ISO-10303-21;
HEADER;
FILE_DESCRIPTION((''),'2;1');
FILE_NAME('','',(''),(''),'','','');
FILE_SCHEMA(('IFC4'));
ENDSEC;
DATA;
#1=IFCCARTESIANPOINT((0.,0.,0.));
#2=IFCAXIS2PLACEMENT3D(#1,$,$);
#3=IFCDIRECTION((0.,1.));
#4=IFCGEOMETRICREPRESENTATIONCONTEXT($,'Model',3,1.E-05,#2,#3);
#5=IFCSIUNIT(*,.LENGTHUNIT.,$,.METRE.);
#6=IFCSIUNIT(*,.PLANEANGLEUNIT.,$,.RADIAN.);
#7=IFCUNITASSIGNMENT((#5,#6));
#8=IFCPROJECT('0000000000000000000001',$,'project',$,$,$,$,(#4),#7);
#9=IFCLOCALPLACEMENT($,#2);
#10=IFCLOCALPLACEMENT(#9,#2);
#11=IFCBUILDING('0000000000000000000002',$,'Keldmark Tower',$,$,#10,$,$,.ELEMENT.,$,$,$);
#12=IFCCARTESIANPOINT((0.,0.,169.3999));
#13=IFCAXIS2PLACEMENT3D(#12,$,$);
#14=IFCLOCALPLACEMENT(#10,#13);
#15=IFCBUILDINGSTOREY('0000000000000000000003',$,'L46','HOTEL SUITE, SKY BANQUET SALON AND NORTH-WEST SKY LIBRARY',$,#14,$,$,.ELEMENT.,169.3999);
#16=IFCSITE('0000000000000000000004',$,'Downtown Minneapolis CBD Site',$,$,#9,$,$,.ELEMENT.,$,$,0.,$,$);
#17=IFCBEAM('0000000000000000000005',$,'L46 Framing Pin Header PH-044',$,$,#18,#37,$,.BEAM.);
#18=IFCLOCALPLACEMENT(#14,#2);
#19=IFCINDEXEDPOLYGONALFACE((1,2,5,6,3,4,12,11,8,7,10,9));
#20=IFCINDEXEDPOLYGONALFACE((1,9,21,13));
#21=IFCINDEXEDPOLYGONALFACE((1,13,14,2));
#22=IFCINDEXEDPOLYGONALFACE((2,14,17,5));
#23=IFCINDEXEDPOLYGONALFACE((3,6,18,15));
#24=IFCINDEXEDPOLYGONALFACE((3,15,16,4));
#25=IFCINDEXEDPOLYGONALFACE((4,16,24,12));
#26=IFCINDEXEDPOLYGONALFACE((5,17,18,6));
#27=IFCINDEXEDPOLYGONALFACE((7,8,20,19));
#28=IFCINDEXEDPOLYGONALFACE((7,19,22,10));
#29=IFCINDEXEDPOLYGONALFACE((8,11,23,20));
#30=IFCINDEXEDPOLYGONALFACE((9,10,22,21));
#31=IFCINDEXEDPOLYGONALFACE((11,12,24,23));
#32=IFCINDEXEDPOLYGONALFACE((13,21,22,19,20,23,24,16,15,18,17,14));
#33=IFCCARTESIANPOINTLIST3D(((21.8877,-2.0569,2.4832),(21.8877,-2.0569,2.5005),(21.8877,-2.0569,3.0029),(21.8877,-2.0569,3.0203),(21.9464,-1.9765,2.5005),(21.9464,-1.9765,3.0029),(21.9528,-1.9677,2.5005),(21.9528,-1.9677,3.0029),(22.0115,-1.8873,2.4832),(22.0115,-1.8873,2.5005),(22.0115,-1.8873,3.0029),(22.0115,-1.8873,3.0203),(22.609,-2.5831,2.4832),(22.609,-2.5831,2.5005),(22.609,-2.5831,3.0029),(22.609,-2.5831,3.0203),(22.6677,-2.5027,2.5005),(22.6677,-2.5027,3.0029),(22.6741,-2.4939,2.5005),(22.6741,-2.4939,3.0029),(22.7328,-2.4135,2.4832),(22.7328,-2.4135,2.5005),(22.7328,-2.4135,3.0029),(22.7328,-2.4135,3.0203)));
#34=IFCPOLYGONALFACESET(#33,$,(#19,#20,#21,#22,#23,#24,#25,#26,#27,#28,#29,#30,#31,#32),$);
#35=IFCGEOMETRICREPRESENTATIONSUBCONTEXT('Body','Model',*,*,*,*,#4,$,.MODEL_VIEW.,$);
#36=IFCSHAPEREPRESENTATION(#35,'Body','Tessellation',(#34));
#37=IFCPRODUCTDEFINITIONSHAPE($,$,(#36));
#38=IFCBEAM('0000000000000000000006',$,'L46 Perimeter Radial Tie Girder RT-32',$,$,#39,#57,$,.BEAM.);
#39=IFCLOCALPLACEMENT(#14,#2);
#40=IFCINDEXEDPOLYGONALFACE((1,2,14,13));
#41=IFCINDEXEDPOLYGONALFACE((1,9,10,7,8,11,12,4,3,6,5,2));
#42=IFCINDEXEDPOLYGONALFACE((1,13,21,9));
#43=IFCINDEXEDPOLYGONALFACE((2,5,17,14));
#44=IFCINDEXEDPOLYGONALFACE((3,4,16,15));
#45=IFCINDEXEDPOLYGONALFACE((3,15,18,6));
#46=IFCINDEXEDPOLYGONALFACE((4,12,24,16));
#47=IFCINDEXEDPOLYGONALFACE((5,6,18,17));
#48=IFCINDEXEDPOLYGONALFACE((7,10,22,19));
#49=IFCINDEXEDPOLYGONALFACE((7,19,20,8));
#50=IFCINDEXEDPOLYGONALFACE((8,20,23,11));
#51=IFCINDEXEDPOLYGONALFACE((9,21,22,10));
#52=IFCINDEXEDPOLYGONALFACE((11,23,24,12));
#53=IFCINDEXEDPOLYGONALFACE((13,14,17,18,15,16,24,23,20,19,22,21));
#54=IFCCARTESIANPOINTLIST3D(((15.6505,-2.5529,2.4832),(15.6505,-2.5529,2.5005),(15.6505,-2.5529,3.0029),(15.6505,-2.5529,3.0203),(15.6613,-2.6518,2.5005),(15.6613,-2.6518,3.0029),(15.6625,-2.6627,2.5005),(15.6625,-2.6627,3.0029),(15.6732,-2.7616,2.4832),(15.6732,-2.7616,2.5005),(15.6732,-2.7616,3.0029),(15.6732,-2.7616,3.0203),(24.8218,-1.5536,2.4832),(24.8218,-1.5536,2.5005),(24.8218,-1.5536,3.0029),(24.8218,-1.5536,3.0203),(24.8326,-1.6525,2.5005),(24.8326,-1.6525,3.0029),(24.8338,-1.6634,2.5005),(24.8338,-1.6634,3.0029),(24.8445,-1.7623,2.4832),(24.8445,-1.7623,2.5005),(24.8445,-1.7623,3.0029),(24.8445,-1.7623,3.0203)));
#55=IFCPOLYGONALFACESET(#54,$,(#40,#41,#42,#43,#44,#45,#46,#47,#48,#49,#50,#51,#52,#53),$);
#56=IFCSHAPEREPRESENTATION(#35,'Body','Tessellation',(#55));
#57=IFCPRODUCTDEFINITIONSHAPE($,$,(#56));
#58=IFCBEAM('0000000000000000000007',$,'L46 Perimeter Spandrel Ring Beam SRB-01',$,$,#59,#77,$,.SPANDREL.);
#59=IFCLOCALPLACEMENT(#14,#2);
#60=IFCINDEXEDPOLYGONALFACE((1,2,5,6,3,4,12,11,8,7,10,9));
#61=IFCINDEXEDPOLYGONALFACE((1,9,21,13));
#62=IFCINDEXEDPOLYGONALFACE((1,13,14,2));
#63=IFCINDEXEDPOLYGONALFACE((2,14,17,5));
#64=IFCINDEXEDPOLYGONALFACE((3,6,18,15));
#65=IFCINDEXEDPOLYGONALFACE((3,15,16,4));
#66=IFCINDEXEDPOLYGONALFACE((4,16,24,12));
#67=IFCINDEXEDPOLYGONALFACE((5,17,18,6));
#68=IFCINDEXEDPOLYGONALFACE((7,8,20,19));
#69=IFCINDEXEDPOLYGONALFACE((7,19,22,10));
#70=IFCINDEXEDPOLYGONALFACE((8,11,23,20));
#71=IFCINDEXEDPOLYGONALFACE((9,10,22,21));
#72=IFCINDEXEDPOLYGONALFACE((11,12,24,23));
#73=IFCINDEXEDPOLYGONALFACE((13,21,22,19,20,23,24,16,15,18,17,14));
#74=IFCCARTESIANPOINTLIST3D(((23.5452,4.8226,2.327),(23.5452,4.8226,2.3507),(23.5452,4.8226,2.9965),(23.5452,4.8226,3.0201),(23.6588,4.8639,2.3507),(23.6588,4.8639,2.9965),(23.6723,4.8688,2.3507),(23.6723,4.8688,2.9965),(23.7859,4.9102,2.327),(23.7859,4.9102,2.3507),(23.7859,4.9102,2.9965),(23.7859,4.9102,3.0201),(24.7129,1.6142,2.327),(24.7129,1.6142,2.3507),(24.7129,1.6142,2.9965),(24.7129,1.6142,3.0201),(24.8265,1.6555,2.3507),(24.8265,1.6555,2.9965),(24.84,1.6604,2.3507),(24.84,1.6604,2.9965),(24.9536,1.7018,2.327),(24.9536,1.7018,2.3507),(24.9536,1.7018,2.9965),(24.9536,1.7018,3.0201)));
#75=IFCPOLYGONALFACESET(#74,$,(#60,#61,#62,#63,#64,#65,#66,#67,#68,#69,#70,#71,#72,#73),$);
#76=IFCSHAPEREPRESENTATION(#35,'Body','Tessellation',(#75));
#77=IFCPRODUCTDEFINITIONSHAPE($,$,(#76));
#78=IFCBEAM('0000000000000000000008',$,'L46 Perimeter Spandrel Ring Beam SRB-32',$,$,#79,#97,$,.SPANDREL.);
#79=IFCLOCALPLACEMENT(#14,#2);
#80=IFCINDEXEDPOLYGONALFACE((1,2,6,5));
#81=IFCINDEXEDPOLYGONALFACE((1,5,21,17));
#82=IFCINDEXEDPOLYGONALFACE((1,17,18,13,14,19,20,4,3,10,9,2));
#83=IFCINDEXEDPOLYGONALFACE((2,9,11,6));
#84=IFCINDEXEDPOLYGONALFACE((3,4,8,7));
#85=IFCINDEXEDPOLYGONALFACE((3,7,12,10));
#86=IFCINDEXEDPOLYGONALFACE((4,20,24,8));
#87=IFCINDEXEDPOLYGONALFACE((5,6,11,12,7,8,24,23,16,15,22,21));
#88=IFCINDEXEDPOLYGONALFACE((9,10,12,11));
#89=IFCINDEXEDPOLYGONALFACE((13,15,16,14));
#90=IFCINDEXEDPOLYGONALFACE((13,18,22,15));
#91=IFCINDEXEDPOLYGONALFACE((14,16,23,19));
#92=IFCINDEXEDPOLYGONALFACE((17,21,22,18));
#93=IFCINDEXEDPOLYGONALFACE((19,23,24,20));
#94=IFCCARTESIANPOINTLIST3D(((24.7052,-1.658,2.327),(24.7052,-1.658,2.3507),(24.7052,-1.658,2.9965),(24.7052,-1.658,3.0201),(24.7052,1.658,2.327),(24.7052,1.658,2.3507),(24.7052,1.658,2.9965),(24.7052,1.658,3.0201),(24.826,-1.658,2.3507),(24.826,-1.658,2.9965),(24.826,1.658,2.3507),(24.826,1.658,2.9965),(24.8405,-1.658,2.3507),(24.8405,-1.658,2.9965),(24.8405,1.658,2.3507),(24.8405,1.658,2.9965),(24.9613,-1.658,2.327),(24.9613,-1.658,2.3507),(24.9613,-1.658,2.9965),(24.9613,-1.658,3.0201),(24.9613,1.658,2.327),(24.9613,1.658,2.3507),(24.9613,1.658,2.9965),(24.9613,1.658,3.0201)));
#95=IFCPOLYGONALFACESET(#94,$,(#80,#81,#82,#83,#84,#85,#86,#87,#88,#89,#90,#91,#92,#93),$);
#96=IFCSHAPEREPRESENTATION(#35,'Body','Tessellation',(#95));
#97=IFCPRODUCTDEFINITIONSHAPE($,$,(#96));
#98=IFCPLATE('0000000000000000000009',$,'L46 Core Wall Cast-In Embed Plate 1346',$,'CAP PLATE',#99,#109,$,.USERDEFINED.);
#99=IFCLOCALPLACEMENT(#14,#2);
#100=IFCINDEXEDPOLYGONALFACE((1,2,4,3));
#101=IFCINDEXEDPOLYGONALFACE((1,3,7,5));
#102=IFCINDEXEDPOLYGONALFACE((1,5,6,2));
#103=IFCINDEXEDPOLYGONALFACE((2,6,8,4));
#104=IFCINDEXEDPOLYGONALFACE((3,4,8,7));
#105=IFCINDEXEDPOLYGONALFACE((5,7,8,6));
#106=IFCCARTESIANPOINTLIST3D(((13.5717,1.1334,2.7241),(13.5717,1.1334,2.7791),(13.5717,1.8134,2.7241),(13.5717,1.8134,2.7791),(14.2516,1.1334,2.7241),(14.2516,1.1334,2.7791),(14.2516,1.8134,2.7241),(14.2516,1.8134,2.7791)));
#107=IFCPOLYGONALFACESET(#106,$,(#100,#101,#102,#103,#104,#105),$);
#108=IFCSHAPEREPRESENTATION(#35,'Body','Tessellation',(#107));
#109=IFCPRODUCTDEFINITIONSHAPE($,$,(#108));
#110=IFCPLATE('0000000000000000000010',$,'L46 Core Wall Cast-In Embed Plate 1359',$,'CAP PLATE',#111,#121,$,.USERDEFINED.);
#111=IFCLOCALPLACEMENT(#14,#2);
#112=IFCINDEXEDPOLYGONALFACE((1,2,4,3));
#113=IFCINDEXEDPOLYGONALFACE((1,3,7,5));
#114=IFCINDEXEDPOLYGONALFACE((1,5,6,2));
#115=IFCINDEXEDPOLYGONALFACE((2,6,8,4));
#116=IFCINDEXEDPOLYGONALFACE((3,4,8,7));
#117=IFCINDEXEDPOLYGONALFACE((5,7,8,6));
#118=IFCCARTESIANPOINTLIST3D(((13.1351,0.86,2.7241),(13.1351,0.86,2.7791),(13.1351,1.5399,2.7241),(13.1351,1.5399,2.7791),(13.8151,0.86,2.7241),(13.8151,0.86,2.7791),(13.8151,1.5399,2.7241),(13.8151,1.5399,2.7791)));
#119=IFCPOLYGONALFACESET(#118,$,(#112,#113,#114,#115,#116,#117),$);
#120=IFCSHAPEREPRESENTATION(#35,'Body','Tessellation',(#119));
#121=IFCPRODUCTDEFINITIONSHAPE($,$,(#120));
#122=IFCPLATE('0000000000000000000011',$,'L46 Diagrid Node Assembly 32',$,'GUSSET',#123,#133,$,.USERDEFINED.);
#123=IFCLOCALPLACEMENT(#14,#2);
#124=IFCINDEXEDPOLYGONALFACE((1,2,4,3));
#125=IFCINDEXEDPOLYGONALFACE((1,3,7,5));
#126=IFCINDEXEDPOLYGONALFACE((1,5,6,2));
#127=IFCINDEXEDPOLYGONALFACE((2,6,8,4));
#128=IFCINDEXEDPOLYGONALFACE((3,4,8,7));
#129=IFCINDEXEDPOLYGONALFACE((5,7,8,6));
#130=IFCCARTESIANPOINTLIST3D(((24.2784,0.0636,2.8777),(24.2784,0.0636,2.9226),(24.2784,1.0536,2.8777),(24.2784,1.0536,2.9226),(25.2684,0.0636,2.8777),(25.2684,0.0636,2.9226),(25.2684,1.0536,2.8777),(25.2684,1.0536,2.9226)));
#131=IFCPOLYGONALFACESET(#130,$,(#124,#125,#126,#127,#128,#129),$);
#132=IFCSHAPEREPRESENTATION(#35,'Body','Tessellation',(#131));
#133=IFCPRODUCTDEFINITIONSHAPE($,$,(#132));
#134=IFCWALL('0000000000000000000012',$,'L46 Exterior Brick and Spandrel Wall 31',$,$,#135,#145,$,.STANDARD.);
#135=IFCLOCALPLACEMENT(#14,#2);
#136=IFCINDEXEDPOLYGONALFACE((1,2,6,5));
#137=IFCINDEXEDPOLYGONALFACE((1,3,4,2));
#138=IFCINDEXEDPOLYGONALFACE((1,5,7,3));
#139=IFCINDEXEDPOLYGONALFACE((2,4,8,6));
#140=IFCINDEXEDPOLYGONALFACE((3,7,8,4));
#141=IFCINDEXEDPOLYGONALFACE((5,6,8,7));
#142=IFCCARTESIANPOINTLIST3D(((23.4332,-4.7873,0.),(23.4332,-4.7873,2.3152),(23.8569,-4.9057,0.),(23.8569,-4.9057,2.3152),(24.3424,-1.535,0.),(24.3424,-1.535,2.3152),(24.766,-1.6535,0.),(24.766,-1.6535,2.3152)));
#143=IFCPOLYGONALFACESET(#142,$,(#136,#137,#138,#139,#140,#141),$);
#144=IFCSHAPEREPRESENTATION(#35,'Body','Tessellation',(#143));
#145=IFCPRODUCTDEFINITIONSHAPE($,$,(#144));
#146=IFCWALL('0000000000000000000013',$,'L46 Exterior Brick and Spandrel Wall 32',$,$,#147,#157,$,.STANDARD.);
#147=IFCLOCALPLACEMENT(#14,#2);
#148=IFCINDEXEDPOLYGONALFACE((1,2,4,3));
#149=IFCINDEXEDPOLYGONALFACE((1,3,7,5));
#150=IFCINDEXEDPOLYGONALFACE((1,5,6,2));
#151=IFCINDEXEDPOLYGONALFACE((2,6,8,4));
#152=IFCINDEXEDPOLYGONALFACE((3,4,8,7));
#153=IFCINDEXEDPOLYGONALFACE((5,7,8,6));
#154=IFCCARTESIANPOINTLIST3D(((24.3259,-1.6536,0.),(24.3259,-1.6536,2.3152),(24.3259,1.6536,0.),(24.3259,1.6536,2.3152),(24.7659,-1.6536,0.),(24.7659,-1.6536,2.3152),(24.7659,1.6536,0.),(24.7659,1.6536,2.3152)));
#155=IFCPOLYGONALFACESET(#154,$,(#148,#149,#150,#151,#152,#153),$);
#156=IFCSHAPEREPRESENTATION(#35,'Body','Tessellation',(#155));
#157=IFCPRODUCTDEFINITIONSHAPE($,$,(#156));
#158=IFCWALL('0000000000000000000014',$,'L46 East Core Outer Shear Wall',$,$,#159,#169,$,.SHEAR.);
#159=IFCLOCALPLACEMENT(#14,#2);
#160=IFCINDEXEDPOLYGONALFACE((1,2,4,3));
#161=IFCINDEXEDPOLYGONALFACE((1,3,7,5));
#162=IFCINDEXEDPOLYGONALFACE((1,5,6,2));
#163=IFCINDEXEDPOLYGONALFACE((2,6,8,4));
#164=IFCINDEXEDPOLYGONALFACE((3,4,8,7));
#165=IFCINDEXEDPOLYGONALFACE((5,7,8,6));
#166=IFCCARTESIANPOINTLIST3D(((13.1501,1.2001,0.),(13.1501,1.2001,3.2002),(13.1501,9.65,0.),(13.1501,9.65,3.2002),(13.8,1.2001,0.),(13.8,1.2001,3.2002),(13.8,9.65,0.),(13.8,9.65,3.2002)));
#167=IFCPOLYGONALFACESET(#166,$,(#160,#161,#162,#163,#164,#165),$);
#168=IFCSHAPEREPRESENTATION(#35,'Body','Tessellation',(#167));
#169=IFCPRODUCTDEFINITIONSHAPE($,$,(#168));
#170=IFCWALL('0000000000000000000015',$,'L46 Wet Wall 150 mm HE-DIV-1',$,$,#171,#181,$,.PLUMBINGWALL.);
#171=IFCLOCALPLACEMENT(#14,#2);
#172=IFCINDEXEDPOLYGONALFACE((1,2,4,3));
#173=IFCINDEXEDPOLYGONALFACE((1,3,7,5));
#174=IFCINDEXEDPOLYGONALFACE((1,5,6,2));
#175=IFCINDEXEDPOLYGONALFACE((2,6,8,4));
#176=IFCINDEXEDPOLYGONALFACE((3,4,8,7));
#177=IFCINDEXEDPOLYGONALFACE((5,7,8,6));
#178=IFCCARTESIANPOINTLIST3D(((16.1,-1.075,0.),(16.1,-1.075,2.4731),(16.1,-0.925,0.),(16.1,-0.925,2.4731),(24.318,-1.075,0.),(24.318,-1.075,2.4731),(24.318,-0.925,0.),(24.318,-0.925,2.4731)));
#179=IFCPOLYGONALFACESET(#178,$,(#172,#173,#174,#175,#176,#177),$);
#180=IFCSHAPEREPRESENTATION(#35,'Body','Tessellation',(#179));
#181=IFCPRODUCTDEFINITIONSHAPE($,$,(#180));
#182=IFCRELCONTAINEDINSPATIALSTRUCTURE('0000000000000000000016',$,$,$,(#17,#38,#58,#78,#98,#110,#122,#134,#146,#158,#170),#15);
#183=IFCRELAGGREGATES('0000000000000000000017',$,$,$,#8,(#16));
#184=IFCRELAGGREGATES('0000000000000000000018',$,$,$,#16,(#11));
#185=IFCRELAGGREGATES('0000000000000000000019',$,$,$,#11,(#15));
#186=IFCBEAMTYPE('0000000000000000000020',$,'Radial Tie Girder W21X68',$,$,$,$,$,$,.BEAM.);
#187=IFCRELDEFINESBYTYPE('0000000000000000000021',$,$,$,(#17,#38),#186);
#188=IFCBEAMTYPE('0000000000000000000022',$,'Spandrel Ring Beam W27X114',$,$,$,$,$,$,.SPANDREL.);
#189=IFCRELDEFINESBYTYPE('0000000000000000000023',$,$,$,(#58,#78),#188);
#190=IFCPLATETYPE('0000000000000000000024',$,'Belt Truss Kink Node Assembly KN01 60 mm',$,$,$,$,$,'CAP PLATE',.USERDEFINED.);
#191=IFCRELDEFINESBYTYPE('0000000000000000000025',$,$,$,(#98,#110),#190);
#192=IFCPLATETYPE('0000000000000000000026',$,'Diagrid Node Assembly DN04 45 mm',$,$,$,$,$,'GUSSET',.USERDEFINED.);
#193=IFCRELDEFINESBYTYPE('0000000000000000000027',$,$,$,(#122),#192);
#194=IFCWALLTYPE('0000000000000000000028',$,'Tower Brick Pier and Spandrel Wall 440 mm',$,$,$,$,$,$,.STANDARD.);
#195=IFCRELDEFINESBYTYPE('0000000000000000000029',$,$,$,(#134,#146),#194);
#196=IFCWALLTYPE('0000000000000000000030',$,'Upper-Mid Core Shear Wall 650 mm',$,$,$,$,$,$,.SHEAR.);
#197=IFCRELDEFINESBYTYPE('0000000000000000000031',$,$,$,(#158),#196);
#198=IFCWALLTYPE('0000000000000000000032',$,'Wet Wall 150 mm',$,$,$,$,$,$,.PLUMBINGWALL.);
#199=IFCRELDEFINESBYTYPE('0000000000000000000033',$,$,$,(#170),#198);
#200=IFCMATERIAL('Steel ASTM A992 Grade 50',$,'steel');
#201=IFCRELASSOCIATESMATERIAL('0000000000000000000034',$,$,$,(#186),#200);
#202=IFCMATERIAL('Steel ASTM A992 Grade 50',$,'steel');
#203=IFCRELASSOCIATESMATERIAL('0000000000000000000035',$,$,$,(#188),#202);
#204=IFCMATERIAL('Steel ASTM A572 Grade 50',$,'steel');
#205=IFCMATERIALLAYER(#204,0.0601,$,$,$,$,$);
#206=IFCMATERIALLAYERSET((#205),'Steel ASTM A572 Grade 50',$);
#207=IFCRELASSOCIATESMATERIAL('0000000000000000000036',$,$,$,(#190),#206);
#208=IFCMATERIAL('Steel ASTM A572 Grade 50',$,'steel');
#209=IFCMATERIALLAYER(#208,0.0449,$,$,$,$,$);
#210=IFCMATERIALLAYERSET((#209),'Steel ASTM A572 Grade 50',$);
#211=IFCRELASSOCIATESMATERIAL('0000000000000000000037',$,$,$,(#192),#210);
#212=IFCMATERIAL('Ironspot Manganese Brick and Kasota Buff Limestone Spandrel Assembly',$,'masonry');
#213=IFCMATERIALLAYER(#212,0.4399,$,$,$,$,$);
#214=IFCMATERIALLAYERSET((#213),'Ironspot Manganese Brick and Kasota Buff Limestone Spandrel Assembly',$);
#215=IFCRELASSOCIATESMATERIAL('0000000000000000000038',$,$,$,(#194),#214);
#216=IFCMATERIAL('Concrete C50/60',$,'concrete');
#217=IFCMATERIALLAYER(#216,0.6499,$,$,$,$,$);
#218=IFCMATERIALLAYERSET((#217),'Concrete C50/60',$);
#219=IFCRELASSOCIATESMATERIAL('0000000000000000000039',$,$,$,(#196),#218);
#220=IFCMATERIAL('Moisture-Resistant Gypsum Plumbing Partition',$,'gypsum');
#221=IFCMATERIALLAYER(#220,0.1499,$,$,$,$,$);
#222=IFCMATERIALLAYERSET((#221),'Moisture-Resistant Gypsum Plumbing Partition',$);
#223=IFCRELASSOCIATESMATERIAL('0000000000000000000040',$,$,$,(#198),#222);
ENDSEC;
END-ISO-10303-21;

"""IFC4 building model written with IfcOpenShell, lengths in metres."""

from ifc_helpers import new_model, si_unit, direction, frame, frame_2d, origin, origin_2d, place, context, subcontext, project, spatial, rectangle, i_section, extrude, material, layer, layer_set, material_profile, profile_set, type_object, element, save


model = new_model("IFC4")

# Units and contexts
model_context = context("Model", 3, precision=1e-05, world=origin(), true_north=direction((0.0, 1.0)))
body_context = subcontext(model_context, "Body", "Model", "MODEL_VIEW")
ifc_project = project(units=[si_unit("LENGTHUNIT", "METRE"), si_unit("PLANEANGLEUNIT", "RADIAN")], contexts=[model_context])

# Site, building, storey
site_placement = place(None, origin())
site = spatial("IfcSite", under=ifc_project, at=site_placement, Name="Downtown Minneapolis CBD Site", CompositionType="ELEMENT", RefElevation=0.0)
building_placement = place(site_placement, origin())
building = spatial("IfcBuilding", under=site, at=building_placement, Name="Keldmark Tower", CompositionType="ELEMENT")
storey_placement = place(building_placement, frame((0.0, 0.0, 169.3999)))
storey = spatial("IfcBuildingStorey", under=building, at=storey_placement, Name="L46", Description="HOTEL SUITE, SKY BANQUET SALON AND NORTH-WEST SKY LIBRARY", CompositionType="ELEMENT", Elevation=169.3999)

# Beams
ifc_material_1 = material(Name="Steel ASTM A992 Grade 50", Category="steel")
ifc_material_profile_1 = material_profile(ifc_material_1, i_section(OverallWidth=0.21, OverallDepth=0.5371, WebThickness=0.011, FlangeThickness=0.0173, at=origin_2d()), Name="W21X68")
ifc_profile_set_1 = profile_set([ifc_material_profile_1], Name="Steel ASTM A992 Grade 50")
beam_type_1 = type_object("IfcBeamType", Name="Radial Tie Girder W21X68", PredefinedType="BEAM", material=ifc_profile_set_1)
beam_1_placement = place(storey_placement, frame((22.6709, -2.4983, 2.7517), z_axis=(-0.807872, 0.589358, 0.0), x_axis=(-0.589358, -0.807872, 0.0)))
element("IfcBeam", 1, at=beam_1_placement, inside=storey, type_object=beam_type_1, Name="L46 Framing Pin Header PH-044", PredefinedType="BEAM", context=body_context, shape_type="SweptSolid", body=[
    extrude(i_section(OverallWidth=0.21, OverallDepth=0.5371, WebThickness=0.011, FlangeThickness=0.0173, at=origin_2d()), origin(), (0.0, 0.0, 1.0), 0.8928),
])
beam_2_placement = place(storey_placement, frame((15.6619, -2.6572, 2.7517), z_axis=(0.994117, 0.108314, 0.0), x_axis=(-0.108314, 0.994117, 0.0)))
element("IfcBeam", 2, at=beam_2_placement, inside=storey, type_object=beam_type_1, Name="L46 Perimeter Radial Tie Girder RT-32", PredefinedType="BEAM", context=body_context, shape_type="SweptSolid", body=[
    extrude(i_section(OverallWidth=0.21, OverallDepth=0.5371, WebThickness=0.011, FlangeThickness=0.0173, at=origin_2d()), origin(), (0.0, 0.0, 1.0), 9.2256),
])
ifc_material_2 = material(Name="Steel ASTM A992 Grade 50", Category="steel")
ifc_material_profile_2 = material_profile(ifc_material_2, i_section(OverallWidth=0.2561, OverallDepth=0.6931, WebThickness=0.0144, FlangeThickness=0.0237, at=origin_2d()), Name="W27X114")
ifc_profile_set_2 = profile_set([ifc_material_profile_2], Name="Steel ASTM A992 Grade 50")
beam_type_2 = type_object("IfcBeamType", Name="Spandrel Ring Beam W27X114", PredefinedType="SPANDREL", material=ifc_profile_set_2)
beam_3_placement = place(storey_placement, frame((24.8333, 1.658, 2.6736), z_axis=(-0.342001, 0.939699, 0.0), x_axis=(-0.939699, -0.342001, 0.0)))
element("IfcBeam", 3, at=beam_3_placement, inside=storey, type_object=beam_type_2, Name="L46 Perimeter Spandrel Ring Beam SRB-01", PredefinedType="SPANDREL", context=body_context, shape_type="SweptSolid", body=[
    extrude(i_section(OverallWidth=0.2561, OverallDepth=0.6931, WebThickness=0.0144, FlangeThickness=0.0237, at=origin_2d()), origin(), (0.0, 0.0, 1.0), 3.4143),
])
beam_4_placement = place(storey_placement, frame((24.8333, -1.658, 2.6736), z_axis=(0.0, 1.0, 0.0), x_axis=(-1.0, 0.0, 0.0)))
element("IfcBeam", 4, at=beam_4_placement, inside=storey, type_object=beam_type_2, Name="L46 Perimeter Spandrel Ring Beam SRB-32", PredefinedType="SPANDREL", context=body_context, shape_type="SweptSolid", body=[
    extrude(i_section(OverallWidth=0.2561, OverallDepth=0.6931, WebThickness=0.0144, FlangeThickness=0.0237, at=origin_2d()), origin(), (0.0, 0.0, 1.0), 3.3159),
])

# Plates
ifc_material_3 = material(Name="Steel ASTM A572 Grade 50", Category="steel")
ifc_layer_1 = layer(ifc_material_3, 0.0601)
ifc_layer_set_1 = layer_set([ifc_layer_1], Name="Steel ASTM A572 Grade 50")
plate_type_1 = type_object("IfcPlateType", Name="Belt Truss Kink Node Assembly KN01 60 mm", ElementType="CAP PLATE", PredefinedType="USERDEFINED", material=ifc_layer_set_1)
for number, where, z_axis, x_axis, name in (
    (5, (13.9116, 1.4734, 2.7241), (0.0, 0.0, 1.0), (1.0, 0.0, 0.0), "L46 Core Wall Cast-In Embed Plate 1346"),
    (6, (13.4751, 1.2, 2.7241), (0.0, 0.0, 1.0), (1.0, 0.0, 0.0), "L46 Core Wall Cast-In Embed Plate 1359"),
):
    element("IfcPlate", number, at=place(storey_placement, frame(where, z_axis=z_axis, x_axis=x_axis)), inside=storey, type_object=plate_type_1, Name=name, ObjectType="CAP PLATE", PredefinedType="USERDEFINED", context=body_context, shape_type="SweptSolid", body=[
        extrude(rectangle(XDim=0.6799, YDim=0.6799, at=origin_2d()), origin(), (0.0, 0.0, 1.0), 0.0549),
    ])
ifc_material_4 = material(Name="Steel ASTM A572 Grade 50", Category="steel")
ifc_layer_2 = layer(ifc_material_4, 0.0449)
ifc_layer_set_2 = layer_set([ifc_layer_2], Name="Steel ASTM A572 Grade 50")
plate_type_2 = type_object("IfcPlateType", Name="Diagrid Node Assembly DN04 45 mm", ElementType="GUSSET", PredefinedType="USERDEFINED", material=ifc_layer_set_2)
plate_placement = place(storey_placement, frame((24.7734, 0.5586, 2.8777), z_axis=(0.0, 0.0, 1.0), x_axis=(0.0, 1.0, 0.0)))
element("IfcPlate", 7, at=plate_placement, inside=storey, type_object=plate_type_2, Name="L46 Diagrid Node Assembly 32", ObjectType="GUSSET", PredefinedType="USERDEFINED", context=body_context, shape_type="SweptSolid", body=[
    extrude(rectangle(XDim=0.99, YDim=0.99, at=origin_2d()), origin(), (0.0, 0.0, 1.0), 0.0449),
])

# Walls
ifc_material_5 = material(Name="Ironspot Manganese Brick and Kasota Buff Limestone Spandrel Assembly", Category="masonry")
ifc_layer_3 = layer(ifc_material_5, 0.4399)
ifc_layer_set_3 = layer_set([ifc_layer_3], Name="Ironspot Manganese Brick and Kasota Buff Limestone Spandrel Assembly")
wall_type_1 = type_object("IfcWallType", Name="Tower Brick Pier and Spandrel Wall 440 mm", PredefinedType="STANDARD", material=ifc_layer_set_3)
wall_1_placement = place(storey_placement, frame((24.5542, -1.5942, 0.0), z_axis=(0.0, 0.0, 1.0), x_axis=(-0.269236, -0.963074, 0.0)))
element("IfcWall", 8, at=wall_1_placement, inside=storey, type_object=wall_type_1, Name="L46 Exterior Brick and Spandrel Wall 31", PredefinedType="STANDARD", context=body_context, shape_type="SweptSolid", body=[
    extrude(rectangle(XDim=3.377, YDim=0.4399, at=frame_2d((1.6885, 0.0))), origin(), (0.0, 0.0, 1.0), 2.3152),
])
wall_2_placement = place(storey_placement, frame((24.5459, 1.6536, 0.0), z_axis=(0.0, 0.0, 1.0), x_axis=(0.0, -1.0, 0.0)))
element("IfcWall", 9, at=wall_2_placement, inside=storey, type_object=wall_type_1, Name="L46 Exterior Brick and Spandrel Wall 32", PredefinedType="STANDARD", context=body_context, shape_type="SweptSolid", body=[
    extrude(rectangle(XDim=3.3071, YDim=0.4399, at=frame_2d((1.6536, 0.0))), origin(), (0.0, 0.0, 1.0), 2.3152),
])
ifc_material_6 = material(Name="Concrete C50/60", Category="concrete")
ifc_layer_4 = layer(ifc_material_6, 0.6499)
ifc_layer_set_4 = layer_set([ifc_layer_4], Name="Concrete C50/60")
wall_type_2 = type_object("IfcWallType", Name="Upper-Mid Core Shear Wall 650 mm", PredefinedType="SHEAR", material=ifc_layer_set_4)
wall_3_placement = place(storey_placement, frame((13.4751, 1.2, 0.0), z_axis=(0.0, 0.0, 1.0), x_axis=(0.0, 1.0, 0.0)))
element("IfcWall", 10, at=wall_3_placement, inside=storey, type_object=wall_type_2, Name="L46 East Core Outer Shear Wall", PredefinedType="SHEAR", context=body_context, shape_type="SweptSolid", body=[
    extrude(rectangle(XDim=8.45, YDim=0.6499, at=frame_2d((4.2251, 0.0))), origin(), (0.0, 0.0, 1.0), 3.2002),
])

# Wall
ifc_material_7 = material(Name="Moisture-Resistant Gypsum Plumbing Partition", Category="gypsum")
ifc_layer_5 = layer(ifc_material_7, 0.1499)
ifc_layer_set_5 = layer_set([ifc_layer_5], Name="Moisture-Resistant Gypsum Plumbing Partition")
wall_type_3 = type_object("IfcWallType", Name="Wet Wall 150 mm", PredefinedType="PLUMBINGWALL", material=ifc_layer_set_5)
wall_4_placement = place(storey_placement, frame((16.1001, -1.0, 0.0), z_axis=(0.0, 0.0, 1.0), x_axis=(1.0, 0.0, 0.0)))
element("IfcWall", 11, at=wall_4_placement, inside=storey, type_object=wall_type_3, Name="L46 Wet Wall 150 mm HE-DIV-1", PredefinedType="PLUMBINGWALL", context=body_context, shape_type="SweptSolid", body=[
    extrude(rectangle(XDim=8.218, YDim=0.1499, at=frame_2d((4.1089, 0.0))), origin(), (0.0, 0.0, 1.0), 2.4731),
])

save(model, "model.ifc")
